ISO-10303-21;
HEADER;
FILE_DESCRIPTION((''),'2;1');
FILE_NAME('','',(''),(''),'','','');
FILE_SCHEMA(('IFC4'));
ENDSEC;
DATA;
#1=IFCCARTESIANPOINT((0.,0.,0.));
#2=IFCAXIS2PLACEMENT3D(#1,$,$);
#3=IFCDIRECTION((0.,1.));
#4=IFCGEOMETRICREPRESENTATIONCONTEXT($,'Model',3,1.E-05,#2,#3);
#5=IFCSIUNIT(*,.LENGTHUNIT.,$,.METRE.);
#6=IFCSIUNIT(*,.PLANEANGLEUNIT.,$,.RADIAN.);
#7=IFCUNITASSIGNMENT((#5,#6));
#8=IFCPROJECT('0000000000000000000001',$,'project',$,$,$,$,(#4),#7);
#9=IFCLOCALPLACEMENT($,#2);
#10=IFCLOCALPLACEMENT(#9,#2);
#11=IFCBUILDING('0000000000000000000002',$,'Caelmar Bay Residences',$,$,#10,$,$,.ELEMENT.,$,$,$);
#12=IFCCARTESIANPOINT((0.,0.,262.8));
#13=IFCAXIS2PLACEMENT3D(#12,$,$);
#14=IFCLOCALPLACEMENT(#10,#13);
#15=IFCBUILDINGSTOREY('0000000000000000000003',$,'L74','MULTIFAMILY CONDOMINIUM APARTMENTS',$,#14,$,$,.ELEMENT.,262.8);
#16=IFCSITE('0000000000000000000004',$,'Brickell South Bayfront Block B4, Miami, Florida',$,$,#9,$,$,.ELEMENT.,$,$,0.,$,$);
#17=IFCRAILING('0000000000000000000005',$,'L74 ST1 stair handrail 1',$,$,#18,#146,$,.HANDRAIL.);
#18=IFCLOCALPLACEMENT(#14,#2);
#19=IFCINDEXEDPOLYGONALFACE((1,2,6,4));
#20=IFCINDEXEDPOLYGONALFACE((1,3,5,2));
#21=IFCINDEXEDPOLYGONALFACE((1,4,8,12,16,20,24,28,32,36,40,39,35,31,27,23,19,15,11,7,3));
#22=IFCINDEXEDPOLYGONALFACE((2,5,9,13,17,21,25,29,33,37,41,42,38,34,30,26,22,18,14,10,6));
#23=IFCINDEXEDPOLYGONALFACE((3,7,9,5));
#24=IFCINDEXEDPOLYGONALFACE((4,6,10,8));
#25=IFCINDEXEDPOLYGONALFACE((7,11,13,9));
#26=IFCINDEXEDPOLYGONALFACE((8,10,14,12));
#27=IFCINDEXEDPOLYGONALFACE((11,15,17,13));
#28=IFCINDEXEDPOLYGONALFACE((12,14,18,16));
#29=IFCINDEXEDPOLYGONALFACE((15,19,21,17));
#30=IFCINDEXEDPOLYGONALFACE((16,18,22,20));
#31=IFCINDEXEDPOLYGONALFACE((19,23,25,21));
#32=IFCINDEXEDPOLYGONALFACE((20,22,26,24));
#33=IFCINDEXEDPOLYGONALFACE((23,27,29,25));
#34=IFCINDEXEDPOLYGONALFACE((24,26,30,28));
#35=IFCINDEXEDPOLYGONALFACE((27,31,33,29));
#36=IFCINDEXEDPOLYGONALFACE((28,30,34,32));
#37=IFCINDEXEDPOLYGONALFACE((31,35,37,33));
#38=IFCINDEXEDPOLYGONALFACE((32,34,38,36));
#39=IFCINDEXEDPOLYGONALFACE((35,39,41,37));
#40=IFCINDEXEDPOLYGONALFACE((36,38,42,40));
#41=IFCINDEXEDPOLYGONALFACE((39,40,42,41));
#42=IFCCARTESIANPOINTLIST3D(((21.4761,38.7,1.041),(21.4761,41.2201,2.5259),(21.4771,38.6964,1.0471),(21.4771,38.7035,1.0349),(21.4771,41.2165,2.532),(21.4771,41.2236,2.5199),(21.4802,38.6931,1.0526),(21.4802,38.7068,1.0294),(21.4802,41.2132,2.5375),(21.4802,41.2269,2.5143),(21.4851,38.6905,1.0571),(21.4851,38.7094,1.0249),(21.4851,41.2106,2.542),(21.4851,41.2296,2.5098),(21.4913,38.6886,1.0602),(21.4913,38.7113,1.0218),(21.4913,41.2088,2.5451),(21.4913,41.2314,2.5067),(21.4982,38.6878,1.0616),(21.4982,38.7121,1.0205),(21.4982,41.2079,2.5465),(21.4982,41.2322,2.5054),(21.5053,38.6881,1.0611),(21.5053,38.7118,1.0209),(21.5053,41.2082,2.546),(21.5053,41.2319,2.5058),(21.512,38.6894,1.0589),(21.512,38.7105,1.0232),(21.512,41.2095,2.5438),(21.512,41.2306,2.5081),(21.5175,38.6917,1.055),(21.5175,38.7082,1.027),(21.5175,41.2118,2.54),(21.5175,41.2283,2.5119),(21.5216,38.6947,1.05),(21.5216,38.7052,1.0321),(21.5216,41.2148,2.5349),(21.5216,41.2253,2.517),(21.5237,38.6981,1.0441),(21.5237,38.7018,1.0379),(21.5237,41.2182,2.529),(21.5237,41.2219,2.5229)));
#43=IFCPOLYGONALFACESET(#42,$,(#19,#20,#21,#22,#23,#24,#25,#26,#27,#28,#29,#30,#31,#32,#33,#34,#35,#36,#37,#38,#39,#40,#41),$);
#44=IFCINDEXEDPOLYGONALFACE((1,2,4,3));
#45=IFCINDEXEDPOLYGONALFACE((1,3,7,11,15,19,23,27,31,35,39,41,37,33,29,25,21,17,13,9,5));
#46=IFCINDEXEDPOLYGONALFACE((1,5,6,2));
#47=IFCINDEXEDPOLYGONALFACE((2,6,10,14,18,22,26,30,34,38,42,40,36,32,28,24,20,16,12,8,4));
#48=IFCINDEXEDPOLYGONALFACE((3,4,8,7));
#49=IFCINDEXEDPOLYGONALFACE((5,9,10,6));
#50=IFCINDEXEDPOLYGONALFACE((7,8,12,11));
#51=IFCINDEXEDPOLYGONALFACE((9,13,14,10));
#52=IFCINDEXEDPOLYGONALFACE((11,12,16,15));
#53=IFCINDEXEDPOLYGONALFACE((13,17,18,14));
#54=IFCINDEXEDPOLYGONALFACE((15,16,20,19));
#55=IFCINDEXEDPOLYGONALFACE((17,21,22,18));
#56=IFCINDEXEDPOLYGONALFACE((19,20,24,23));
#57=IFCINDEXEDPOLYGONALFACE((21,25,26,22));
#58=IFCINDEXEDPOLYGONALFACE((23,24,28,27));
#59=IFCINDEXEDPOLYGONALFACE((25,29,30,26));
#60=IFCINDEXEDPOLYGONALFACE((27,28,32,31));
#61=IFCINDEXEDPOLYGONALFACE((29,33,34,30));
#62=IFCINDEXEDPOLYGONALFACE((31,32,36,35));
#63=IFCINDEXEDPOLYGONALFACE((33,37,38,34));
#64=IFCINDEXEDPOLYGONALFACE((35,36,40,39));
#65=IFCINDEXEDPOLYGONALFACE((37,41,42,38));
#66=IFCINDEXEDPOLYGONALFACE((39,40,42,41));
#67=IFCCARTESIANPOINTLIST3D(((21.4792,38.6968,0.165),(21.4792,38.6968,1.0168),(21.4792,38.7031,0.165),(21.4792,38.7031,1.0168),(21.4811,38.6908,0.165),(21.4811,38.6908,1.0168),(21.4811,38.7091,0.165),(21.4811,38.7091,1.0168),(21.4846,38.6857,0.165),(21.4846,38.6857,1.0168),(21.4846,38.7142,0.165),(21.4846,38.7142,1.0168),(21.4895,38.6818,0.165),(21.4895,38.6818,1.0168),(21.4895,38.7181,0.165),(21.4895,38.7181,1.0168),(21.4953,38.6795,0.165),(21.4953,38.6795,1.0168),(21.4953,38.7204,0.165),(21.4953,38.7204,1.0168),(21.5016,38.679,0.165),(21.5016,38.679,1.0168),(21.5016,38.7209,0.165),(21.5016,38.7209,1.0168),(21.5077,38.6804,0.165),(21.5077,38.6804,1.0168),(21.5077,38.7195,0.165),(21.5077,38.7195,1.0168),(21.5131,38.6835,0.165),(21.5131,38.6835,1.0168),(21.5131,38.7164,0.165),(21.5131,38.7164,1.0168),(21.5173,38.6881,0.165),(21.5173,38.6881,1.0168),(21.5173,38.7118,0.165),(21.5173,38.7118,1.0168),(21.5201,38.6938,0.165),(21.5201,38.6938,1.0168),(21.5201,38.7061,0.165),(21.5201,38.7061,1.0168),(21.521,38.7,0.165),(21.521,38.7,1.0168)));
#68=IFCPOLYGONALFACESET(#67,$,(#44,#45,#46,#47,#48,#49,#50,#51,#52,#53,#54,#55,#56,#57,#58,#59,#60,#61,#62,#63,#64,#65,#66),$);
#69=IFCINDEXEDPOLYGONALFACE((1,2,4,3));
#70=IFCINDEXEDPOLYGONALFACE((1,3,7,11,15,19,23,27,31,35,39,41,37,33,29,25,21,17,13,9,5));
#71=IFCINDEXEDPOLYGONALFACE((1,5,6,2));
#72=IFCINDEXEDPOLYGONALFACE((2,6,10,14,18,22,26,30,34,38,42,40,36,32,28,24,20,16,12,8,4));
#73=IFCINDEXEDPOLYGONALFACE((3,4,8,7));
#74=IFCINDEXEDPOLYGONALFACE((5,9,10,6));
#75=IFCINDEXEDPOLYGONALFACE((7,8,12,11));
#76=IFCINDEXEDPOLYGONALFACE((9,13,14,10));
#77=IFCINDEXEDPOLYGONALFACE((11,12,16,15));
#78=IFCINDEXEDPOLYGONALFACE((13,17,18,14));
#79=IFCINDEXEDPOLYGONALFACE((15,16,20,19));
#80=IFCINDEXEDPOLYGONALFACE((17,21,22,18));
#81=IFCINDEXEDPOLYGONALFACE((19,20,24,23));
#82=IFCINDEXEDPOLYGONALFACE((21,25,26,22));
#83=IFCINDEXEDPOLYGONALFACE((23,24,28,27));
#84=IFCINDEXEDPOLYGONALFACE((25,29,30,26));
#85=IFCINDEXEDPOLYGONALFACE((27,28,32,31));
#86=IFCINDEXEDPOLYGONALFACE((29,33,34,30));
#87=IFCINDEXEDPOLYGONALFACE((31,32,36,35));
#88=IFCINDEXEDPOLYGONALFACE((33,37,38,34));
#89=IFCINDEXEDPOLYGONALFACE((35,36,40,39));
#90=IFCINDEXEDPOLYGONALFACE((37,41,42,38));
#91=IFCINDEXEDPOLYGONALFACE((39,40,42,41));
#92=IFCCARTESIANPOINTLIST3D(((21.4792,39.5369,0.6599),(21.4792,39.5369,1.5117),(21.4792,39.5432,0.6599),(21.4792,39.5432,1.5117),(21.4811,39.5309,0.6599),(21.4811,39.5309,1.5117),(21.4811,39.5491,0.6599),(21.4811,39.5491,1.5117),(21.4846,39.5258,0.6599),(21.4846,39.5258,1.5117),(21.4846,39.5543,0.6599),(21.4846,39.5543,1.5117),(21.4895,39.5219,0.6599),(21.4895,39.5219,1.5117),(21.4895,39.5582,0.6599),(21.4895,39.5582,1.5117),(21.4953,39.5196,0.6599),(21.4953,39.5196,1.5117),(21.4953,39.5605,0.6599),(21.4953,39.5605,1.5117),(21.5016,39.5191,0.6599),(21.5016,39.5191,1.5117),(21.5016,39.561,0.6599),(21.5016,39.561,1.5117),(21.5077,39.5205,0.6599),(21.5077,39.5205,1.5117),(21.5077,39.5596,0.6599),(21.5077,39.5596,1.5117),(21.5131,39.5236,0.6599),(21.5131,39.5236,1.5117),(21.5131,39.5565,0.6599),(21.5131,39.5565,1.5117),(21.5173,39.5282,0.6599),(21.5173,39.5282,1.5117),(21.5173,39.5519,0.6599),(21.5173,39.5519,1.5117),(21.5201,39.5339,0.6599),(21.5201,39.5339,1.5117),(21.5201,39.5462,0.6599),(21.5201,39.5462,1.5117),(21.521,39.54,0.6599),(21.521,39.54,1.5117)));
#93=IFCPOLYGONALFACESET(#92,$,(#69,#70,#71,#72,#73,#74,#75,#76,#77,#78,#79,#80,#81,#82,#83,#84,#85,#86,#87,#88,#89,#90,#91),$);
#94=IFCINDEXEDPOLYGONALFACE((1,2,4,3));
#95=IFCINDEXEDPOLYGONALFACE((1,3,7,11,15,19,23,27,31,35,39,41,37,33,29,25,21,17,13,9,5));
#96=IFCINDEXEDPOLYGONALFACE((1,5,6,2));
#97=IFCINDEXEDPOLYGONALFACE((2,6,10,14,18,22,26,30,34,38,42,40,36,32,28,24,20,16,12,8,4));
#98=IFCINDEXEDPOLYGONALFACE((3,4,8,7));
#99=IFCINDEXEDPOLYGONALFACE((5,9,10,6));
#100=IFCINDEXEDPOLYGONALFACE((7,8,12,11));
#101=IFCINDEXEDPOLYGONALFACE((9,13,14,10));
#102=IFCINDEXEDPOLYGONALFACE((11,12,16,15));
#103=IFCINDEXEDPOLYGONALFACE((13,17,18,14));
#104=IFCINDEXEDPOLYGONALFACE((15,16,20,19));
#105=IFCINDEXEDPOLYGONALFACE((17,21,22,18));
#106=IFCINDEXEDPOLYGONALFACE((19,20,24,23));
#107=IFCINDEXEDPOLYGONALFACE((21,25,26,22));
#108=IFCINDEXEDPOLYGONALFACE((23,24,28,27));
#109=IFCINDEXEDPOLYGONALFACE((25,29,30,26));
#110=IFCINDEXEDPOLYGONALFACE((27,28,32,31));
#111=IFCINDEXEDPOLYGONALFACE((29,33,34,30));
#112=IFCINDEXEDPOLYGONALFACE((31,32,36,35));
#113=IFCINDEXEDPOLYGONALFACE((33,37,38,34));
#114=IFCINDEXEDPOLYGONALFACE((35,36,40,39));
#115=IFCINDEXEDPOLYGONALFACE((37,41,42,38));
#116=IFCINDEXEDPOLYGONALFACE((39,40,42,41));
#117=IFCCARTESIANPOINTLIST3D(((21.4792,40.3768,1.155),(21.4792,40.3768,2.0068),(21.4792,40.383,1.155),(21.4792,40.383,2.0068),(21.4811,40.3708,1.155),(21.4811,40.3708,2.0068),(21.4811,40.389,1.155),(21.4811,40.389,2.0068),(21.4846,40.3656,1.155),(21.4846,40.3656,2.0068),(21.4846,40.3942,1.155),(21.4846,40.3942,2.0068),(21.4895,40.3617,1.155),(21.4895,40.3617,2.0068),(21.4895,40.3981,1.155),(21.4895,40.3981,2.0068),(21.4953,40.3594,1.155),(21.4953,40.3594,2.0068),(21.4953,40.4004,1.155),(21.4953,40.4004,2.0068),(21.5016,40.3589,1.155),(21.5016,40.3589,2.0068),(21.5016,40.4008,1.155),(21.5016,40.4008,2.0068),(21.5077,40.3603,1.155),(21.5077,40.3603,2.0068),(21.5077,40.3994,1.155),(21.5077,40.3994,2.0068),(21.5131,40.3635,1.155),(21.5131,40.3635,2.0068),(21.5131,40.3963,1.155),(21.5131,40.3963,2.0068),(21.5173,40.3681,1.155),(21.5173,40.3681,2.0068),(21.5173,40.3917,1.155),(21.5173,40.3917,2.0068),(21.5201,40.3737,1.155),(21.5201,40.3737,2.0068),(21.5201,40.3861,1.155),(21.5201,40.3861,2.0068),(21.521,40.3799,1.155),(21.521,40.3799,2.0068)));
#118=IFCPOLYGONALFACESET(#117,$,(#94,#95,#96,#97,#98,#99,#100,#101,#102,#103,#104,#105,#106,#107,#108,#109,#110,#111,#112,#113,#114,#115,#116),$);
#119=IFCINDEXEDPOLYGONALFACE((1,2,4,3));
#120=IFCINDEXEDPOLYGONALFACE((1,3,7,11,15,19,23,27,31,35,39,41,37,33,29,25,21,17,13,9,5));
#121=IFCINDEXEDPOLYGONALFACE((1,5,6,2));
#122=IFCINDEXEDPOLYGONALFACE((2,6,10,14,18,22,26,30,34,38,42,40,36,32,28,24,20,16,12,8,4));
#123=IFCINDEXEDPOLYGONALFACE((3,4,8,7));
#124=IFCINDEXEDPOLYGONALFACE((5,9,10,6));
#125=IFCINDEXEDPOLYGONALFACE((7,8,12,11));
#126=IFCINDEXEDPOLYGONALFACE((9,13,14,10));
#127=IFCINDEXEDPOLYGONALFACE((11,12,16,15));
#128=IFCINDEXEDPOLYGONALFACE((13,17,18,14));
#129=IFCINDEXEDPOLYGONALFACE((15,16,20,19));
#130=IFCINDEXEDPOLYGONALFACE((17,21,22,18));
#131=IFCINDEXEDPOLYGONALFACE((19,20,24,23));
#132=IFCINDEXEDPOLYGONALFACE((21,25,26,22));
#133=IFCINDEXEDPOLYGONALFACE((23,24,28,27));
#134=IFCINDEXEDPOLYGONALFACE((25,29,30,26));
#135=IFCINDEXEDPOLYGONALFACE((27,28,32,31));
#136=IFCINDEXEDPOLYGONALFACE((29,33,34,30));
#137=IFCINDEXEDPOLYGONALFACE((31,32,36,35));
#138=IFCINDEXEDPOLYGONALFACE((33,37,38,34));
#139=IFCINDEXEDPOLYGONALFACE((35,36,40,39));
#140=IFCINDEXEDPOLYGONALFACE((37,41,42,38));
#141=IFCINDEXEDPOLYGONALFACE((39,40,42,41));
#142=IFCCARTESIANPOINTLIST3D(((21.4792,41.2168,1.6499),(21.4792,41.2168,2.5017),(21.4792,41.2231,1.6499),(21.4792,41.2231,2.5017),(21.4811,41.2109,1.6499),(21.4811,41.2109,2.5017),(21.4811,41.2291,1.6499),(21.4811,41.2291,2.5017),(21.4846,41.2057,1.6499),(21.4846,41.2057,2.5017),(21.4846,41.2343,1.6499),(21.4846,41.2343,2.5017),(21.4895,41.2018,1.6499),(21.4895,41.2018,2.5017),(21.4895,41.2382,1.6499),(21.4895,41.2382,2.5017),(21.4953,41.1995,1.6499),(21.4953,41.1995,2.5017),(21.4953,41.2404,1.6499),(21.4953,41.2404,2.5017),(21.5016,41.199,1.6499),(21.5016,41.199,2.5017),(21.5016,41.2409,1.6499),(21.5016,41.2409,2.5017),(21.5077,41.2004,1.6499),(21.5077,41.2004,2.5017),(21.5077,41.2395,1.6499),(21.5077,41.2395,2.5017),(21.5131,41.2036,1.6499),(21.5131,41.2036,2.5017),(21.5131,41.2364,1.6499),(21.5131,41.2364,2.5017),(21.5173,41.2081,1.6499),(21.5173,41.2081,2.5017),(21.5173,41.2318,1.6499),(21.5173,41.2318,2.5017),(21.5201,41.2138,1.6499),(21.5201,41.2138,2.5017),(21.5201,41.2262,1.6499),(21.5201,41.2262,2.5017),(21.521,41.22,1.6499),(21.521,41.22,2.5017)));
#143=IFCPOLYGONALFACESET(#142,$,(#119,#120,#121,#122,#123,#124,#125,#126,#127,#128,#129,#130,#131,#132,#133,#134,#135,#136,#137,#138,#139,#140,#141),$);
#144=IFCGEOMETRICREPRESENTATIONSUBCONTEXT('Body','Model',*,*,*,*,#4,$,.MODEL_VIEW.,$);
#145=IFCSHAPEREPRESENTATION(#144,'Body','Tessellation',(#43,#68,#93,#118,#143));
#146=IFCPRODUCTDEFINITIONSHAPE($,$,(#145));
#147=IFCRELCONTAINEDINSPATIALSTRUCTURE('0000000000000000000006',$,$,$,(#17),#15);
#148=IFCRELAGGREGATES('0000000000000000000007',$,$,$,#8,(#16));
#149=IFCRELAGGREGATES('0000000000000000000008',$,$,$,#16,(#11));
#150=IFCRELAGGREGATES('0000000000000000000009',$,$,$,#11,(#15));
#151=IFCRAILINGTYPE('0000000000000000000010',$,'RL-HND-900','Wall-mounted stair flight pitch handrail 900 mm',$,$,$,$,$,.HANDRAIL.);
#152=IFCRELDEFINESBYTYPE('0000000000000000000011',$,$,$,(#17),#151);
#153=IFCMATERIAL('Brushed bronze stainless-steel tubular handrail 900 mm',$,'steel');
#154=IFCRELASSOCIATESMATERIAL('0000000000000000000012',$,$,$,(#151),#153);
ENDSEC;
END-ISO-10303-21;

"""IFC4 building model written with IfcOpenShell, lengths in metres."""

from ifc_helpers import new_model, si_unit, direction, frame, origin, origin_2d, place, context, subcontext, project, spatial, circle, extrude, material, type_object, element, save


model = new_model("IFC4")

# Units and contexts
model_context = context("Model", 3, precision=1e-05, world=origin(), true_north=direction((0.0, 1.0)))
body_context = subcontext(model_context, "Body", "Model", "MODEL_VIEW")
ifc_project = project(units=[si_unit("LENGTHUNIT", "METRE"), si_unit("PLANEANGLEUNIT", "RADIAN")], contexts=[model_context])

# Site, building, storey
site_placement = place(None, origin())
site = spatial("IfcSite", under=ifc_project, at=site_placement, Name="Brickell South Bayfront Block B4, Miami, Florida", CompositionType="ELEMENT", RefElevation=0.0)
building_placement = place(site_placement, origin())
building = spatial("IfcBuilding", under=site, at=building_placement, Name="Caelmar Bay Residences", CompositionType="ELEMENT")
storey_placement = place(building_placement, frame((0.0, 0.0, 262.8)))
storey = spatial("IfcBuildingStorey", under=building, at=storey_placement, Name="L74", Description="MULTIFAMILY CONDOMINIUM APARTMENTS", CompositionType="ELEMENT", Elevation=262.8)

# Railing
ifc_material_1 = material(Name="Brushed bronze stainless-steel tubular handrail 900 mm", Category="steel")
railing_type_1 = type_object("IfcRailingType", Name="RL-HND-900", Description="Wall-mounted stair flight pitch handrail 900 mm", PredefinedType="HANDRAIL", material=ifc_material_1)
railing_1_placement = place(storey_placement, frame((21.5, 38.7, 0.165)))
element("IfcRailing", 1, at=railing_1_placement, inside=storey, type_object=railing_type_1, Name="L74 ST1 stair handrail 1", PredefinedType="HANDRAIL", context=body_context, shape_type="SweptSolid", body=[
    extrude(circle(Radius=0.0239, at=origin_2d()), frame((0.0, 0.0, 0.876), z_axis=(0.0, 0.861561, 0.507655), x_axis=(-1.0, 0.0, 0.0)), (0.0, 0.0, 1.0), 2.925),
    extrude(circle(Radius=0.021, at=origin_2d()), origin(), (0.0, 0.0, 1.0), 0.8518),
    extrude(circle(Radius=0.021, at=origin_2d()), frame((0.0, 0.8401, 0.4949)), (0.0, 0.0, 1.0), 0.8518),
    extrude(circle(Radius=0.021, at=origin_2d()), frame((0.0, 1.6799, 0.99)), (0.0, 0.0, 1.0), 0.8518),
    extrude(circle(Radius=0.021, at=origin_2d()), frame((0.0, 2.52, 1.4849)), (0.0, 0.0, 1.0), 0.8518),
])

save(model, "model.ifc")
